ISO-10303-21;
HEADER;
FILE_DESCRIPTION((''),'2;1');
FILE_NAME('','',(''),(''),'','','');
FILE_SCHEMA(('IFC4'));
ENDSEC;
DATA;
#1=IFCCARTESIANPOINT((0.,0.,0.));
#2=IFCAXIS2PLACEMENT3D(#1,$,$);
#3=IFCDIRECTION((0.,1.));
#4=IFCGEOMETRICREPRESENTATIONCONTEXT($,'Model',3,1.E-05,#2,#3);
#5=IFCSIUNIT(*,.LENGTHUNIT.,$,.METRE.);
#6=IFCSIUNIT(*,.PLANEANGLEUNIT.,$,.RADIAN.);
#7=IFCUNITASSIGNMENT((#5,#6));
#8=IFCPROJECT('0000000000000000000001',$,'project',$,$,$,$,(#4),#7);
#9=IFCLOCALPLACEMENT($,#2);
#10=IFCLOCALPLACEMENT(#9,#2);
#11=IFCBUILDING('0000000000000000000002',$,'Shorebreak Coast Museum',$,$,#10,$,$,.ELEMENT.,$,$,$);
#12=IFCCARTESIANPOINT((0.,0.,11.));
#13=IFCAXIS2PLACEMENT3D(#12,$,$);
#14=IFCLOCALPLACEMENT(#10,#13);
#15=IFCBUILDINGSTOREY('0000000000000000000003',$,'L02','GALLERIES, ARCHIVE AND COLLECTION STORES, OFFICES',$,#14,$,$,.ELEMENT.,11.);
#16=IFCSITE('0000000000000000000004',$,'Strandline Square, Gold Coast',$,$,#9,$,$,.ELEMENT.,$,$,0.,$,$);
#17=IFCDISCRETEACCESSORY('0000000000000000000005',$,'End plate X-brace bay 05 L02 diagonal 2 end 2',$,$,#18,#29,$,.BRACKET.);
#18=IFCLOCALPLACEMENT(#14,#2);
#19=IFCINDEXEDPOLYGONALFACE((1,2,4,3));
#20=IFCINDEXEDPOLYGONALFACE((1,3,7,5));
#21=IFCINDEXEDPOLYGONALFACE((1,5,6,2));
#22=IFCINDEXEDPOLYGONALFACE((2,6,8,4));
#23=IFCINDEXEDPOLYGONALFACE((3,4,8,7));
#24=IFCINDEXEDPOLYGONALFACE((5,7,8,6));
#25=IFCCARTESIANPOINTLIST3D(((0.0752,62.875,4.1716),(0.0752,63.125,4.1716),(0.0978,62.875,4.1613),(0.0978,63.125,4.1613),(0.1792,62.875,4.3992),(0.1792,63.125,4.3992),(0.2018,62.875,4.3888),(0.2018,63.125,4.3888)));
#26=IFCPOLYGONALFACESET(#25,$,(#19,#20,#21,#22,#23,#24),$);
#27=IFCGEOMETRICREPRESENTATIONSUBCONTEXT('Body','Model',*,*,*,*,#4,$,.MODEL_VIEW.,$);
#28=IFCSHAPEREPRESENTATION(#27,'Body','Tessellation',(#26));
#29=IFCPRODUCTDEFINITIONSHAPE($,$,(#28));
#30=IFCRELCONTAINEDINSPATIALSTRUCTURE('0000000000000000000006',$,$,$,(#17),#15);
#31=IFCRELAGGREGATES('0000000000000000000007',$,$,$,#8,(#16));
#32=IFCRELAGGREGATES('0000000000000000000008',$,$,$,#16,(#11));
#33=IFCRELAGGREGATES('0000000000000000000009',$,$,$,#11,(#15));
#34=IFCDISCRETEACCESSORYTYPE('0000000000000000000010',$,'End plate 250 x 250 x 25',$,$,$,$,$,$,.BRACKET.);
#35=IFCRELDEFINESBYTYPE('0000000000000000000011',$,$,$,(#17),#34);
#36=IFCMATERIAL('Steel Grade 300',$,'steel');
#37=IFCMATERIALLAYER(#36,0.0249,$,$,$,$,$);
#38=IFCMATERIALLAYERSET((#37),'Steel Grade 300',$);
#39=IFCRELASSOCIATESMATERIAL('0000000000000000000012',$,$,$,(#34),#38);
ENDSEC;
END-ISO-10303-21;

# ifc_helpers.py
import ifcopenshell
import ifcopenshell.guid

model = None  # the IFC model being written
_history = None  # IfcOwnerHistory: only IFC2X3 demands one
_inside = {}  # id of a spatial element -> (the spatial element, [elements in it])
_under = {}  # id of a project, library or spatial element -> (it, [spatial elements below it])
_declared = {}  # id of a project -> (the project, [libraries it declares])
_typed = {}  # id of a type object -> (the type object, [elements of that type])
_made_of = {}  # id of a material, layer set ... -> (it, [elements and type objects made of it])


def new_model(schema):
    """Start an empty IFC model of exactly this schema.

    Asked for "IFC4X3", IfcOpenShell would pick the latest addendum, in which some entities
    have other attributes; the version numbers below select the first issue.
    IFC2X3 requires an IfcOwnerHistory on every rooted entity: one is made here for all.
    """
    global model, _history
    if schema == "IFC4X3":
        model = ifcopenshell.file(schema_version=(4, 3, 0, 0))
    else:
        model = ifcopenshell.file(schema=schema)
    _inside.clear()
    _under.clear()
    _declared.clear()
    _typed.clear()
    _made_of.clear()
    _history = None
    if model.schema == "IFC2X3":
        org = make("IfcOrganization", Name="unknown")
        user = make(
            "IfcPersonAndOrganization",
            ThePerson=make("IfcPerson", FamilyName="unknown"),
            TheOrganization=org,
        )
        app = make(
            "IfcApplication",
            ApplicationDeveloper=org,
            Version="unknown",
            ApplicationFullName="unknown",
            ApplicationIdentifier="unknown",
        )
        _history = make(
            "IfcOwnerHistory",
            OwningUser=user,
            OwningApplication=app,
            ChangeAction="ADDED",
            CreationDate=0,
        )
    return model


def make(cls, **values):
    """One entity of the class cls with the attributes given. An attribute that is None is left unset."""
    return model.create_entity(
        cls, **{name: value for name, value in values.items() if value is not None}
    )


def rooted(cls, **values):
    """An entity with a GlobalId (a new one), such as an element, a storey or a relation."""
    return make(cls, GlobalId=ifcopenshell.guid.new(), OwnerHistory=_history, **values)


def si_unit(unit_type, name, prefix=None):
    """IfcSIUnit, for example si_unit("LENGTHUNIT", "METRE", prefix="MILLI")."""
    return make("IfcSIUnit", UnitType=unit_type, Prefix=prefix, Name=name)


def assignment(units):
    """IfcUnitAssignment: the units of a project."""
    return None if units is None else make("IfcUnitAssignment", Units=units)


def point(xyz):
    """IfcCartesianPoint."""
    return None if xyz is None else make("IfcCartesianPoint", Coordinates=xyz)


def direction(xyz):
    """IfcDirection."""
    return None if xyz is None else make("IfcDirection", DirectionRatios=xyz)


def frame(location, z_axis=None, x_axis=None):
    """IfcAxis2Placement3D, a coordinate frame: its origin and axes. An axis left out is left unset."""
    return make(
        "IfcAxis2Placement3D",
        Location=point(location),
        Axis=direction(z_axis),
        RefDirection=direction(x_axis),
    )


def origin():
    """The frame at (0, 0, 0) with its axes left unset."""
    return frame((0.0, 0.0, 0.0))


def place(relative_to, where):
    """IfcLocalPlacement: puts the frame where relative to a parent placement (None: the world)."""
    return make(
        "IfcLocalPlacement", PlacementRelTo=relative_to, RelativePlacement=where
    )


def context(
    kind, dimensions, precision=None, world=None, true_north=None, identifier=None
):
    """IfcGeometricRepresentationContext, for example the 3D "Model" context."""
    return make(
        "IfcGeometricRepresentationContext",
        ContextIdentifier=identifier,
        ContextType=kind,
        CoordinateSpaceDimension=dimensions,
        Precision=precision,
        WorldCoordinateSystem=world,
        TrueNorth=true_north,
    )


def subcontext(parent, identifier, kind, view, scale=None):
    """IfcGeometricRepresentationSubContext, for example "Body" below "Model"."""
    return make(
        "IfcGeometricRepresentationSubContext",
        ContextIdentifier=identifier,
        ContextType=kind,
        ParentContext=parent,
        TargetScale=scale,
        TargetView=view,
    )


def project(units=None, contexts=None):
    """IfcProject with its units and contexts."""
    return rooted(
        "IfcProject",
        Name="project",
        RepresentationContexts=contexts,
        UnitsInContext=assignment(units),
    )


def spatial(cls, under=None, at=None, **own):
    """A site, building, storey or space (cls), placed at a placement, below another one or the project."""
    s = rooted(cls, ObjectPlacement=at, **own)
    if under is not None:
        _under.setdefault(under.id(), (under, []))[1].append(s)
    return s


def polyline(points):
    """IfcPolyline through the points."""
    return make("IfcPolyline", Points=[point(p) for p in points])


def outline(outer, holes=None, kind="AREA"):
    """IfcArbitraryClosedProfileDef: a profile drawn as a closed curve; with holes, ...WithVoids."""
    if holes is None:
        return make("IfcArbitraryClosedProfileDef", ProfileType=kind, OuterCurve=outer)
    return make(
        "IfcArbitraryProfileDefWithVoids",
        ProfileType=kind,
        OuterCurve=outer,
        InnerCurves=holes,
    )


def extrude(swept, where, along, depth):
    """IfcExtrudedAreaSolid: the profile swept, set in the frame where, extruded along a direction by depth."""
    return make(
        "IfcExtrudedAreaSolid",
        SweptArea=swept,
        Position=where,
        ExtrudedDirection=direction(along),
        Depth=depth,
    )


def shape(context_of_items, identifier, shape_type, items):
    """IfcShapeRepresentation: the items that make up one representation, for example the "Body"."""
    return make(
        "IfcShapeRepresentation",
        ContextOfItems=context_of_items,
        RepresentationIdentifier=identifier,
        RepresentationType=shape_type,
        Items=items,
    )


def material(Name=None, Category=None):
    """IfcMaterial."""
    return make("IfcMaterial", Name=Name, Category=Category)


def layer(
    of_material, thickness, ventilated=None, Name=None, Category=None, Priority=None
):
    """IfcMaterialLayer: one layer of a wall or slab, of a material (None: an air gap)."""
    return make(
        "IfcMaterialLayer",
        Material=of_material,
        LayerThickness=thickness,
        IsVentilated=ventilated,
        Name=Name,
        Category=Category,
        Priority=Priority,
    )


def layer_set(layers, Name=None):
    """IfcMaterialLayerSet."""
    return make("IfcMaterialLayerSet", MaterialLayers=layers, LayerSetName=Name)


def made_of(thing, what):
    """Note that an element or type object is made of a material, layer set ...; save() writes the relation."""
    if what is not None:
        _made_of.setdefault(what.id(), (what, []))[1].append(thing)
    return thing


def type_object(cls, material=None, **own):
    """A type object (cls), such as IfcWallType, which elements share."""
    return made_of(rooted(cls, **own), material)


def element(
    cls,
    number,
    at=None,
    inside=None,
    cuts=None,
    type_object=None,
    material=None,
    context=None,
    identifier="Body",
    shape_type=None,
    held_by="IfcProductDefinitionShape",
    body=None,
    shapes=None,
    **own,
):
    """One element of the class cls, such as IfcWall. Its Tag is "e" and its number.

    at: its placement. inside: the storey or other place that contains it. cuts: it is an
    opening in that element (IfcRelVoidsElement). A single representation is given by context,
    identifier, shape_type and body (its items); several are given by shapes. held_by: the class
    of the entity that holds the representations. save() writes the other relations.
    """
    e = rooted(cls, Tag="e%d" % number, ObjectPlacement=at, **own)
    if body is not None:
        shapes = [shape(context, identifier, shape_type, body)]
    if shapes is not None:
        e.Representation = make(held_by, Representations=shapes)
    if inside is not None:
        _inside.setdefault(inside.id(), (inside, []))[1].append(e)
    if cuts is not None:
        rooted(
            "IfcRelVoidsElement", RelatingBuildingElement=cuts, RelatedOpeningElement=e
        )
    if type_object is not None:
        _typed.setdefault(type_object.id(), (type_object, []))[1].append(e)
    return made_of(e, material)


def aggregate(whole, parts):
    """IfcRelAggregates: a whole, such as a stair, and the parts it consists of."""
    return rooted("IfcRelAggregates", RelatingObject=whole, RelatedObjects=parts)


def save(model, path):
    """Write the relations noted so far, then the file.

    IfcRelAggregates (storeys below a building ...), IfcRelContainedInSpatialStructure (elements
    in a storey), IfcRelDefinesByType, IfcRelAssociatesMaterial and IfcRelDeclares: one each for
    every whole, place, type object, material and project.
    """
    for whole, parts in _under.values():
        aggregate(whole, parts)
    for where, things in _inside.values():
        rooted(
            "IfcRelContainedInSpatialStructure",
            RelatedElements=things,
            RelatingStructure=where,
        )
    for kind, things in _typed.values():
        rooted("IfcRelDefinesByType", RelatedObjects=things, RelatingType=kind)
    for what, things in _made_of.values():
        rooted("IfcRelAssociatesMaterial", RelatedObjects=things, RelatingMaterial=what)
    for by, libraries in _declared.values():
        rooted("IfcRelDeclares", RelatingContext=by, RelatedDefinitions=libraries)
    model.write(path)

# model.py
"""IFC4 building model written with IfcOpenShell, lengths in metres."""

from ifc_helpers import new_model, si_unit, direction, frame, origin, place, context, subcontext, project, spatial, polyline, outline, extrude, material, layer, layer_set, type_object, element, save


model = new_model("IFC4")

# Units and contexts
model_context = context("Model", 3, precision=1e-05, world=origin(), true_north=direction((0.0, 1.0)))
body_context = subcontext(model_context, "Body", "Model", "MODEL_VIEW")
ifc_project = project(units=[si_unit("LENGTHUNIT", "METRE"), si_unit("PLANEANGLEUNIT", "RADIAN")], contexts=[model_context])

# Site, building, storey
site_placement = place(None, origin())
site = spatial("IfcSite", under=ifc_project, at=site_placement, Name="Strandline Square, Gold Coast", CompositionType="ELEMENT", RefElevation=0.0)
building_placement = place(site_placement, origin())
building = spatial("IfcBuilding", under=site, at=building_placement, Name="Shorebreak Coast Museum", CompositionType="ELEMENT")
storey_placement = place(building_placement, frame((0.0, 0.0, 11.0)))
storey = spatial("IfcBuildingStorey", under=building, at=storey_placement, Name="L02", Description="GALLERIES, ARCHIVE AND COLLECTION STORES, OFFICES", CompositionType="ELEMENT", Elevation=11.0)

# Discrete accessory
ifc_material_1 = material(Name="Steel Grade 300", Category="steel")
ifc_layer_1 = layer(ifc_material_1, 0.0249)
ifc_layer_set_1 = layer_set([ifc_layer_1], Name="Steel Grade 300")
discrete_accessory_type = type_object("IfcDiscreteAccessoryType", Name="End plate 250 x 250 x 25", PredefinedType="BRACKET", material=ifc_layer_set_1)
for number, where, z_axis, x_axis, name in (
    (1, (0.0752, 63.125, 4.1716), (-0.909496, 0.0, 0.415714), (0.0, -1.0, 0.0), "End plate X-brace bay 05 L02 diagonal 2 end 2"),
):
    element("IfcDiscreteAccessory", number, at=place(storey_placement, frame(where, z_axis=z_axis, x_axis=x_axis)), inside=storey, type_object=discrete_accessory_type, Name=name, PredefinedType="BRACKET", context=body_context, shape_type="SweptSolid", body=[
        extrude(outline(polyline([(0.0, 0.0), (0.25, 0.0), (0.25, 0.2502), (0.0, 0.2502), (0.0, 0.0)])), origin(), (0.0, 0.0, -1.0), 0.0249),
    ])

save(model, "model.ifc")
